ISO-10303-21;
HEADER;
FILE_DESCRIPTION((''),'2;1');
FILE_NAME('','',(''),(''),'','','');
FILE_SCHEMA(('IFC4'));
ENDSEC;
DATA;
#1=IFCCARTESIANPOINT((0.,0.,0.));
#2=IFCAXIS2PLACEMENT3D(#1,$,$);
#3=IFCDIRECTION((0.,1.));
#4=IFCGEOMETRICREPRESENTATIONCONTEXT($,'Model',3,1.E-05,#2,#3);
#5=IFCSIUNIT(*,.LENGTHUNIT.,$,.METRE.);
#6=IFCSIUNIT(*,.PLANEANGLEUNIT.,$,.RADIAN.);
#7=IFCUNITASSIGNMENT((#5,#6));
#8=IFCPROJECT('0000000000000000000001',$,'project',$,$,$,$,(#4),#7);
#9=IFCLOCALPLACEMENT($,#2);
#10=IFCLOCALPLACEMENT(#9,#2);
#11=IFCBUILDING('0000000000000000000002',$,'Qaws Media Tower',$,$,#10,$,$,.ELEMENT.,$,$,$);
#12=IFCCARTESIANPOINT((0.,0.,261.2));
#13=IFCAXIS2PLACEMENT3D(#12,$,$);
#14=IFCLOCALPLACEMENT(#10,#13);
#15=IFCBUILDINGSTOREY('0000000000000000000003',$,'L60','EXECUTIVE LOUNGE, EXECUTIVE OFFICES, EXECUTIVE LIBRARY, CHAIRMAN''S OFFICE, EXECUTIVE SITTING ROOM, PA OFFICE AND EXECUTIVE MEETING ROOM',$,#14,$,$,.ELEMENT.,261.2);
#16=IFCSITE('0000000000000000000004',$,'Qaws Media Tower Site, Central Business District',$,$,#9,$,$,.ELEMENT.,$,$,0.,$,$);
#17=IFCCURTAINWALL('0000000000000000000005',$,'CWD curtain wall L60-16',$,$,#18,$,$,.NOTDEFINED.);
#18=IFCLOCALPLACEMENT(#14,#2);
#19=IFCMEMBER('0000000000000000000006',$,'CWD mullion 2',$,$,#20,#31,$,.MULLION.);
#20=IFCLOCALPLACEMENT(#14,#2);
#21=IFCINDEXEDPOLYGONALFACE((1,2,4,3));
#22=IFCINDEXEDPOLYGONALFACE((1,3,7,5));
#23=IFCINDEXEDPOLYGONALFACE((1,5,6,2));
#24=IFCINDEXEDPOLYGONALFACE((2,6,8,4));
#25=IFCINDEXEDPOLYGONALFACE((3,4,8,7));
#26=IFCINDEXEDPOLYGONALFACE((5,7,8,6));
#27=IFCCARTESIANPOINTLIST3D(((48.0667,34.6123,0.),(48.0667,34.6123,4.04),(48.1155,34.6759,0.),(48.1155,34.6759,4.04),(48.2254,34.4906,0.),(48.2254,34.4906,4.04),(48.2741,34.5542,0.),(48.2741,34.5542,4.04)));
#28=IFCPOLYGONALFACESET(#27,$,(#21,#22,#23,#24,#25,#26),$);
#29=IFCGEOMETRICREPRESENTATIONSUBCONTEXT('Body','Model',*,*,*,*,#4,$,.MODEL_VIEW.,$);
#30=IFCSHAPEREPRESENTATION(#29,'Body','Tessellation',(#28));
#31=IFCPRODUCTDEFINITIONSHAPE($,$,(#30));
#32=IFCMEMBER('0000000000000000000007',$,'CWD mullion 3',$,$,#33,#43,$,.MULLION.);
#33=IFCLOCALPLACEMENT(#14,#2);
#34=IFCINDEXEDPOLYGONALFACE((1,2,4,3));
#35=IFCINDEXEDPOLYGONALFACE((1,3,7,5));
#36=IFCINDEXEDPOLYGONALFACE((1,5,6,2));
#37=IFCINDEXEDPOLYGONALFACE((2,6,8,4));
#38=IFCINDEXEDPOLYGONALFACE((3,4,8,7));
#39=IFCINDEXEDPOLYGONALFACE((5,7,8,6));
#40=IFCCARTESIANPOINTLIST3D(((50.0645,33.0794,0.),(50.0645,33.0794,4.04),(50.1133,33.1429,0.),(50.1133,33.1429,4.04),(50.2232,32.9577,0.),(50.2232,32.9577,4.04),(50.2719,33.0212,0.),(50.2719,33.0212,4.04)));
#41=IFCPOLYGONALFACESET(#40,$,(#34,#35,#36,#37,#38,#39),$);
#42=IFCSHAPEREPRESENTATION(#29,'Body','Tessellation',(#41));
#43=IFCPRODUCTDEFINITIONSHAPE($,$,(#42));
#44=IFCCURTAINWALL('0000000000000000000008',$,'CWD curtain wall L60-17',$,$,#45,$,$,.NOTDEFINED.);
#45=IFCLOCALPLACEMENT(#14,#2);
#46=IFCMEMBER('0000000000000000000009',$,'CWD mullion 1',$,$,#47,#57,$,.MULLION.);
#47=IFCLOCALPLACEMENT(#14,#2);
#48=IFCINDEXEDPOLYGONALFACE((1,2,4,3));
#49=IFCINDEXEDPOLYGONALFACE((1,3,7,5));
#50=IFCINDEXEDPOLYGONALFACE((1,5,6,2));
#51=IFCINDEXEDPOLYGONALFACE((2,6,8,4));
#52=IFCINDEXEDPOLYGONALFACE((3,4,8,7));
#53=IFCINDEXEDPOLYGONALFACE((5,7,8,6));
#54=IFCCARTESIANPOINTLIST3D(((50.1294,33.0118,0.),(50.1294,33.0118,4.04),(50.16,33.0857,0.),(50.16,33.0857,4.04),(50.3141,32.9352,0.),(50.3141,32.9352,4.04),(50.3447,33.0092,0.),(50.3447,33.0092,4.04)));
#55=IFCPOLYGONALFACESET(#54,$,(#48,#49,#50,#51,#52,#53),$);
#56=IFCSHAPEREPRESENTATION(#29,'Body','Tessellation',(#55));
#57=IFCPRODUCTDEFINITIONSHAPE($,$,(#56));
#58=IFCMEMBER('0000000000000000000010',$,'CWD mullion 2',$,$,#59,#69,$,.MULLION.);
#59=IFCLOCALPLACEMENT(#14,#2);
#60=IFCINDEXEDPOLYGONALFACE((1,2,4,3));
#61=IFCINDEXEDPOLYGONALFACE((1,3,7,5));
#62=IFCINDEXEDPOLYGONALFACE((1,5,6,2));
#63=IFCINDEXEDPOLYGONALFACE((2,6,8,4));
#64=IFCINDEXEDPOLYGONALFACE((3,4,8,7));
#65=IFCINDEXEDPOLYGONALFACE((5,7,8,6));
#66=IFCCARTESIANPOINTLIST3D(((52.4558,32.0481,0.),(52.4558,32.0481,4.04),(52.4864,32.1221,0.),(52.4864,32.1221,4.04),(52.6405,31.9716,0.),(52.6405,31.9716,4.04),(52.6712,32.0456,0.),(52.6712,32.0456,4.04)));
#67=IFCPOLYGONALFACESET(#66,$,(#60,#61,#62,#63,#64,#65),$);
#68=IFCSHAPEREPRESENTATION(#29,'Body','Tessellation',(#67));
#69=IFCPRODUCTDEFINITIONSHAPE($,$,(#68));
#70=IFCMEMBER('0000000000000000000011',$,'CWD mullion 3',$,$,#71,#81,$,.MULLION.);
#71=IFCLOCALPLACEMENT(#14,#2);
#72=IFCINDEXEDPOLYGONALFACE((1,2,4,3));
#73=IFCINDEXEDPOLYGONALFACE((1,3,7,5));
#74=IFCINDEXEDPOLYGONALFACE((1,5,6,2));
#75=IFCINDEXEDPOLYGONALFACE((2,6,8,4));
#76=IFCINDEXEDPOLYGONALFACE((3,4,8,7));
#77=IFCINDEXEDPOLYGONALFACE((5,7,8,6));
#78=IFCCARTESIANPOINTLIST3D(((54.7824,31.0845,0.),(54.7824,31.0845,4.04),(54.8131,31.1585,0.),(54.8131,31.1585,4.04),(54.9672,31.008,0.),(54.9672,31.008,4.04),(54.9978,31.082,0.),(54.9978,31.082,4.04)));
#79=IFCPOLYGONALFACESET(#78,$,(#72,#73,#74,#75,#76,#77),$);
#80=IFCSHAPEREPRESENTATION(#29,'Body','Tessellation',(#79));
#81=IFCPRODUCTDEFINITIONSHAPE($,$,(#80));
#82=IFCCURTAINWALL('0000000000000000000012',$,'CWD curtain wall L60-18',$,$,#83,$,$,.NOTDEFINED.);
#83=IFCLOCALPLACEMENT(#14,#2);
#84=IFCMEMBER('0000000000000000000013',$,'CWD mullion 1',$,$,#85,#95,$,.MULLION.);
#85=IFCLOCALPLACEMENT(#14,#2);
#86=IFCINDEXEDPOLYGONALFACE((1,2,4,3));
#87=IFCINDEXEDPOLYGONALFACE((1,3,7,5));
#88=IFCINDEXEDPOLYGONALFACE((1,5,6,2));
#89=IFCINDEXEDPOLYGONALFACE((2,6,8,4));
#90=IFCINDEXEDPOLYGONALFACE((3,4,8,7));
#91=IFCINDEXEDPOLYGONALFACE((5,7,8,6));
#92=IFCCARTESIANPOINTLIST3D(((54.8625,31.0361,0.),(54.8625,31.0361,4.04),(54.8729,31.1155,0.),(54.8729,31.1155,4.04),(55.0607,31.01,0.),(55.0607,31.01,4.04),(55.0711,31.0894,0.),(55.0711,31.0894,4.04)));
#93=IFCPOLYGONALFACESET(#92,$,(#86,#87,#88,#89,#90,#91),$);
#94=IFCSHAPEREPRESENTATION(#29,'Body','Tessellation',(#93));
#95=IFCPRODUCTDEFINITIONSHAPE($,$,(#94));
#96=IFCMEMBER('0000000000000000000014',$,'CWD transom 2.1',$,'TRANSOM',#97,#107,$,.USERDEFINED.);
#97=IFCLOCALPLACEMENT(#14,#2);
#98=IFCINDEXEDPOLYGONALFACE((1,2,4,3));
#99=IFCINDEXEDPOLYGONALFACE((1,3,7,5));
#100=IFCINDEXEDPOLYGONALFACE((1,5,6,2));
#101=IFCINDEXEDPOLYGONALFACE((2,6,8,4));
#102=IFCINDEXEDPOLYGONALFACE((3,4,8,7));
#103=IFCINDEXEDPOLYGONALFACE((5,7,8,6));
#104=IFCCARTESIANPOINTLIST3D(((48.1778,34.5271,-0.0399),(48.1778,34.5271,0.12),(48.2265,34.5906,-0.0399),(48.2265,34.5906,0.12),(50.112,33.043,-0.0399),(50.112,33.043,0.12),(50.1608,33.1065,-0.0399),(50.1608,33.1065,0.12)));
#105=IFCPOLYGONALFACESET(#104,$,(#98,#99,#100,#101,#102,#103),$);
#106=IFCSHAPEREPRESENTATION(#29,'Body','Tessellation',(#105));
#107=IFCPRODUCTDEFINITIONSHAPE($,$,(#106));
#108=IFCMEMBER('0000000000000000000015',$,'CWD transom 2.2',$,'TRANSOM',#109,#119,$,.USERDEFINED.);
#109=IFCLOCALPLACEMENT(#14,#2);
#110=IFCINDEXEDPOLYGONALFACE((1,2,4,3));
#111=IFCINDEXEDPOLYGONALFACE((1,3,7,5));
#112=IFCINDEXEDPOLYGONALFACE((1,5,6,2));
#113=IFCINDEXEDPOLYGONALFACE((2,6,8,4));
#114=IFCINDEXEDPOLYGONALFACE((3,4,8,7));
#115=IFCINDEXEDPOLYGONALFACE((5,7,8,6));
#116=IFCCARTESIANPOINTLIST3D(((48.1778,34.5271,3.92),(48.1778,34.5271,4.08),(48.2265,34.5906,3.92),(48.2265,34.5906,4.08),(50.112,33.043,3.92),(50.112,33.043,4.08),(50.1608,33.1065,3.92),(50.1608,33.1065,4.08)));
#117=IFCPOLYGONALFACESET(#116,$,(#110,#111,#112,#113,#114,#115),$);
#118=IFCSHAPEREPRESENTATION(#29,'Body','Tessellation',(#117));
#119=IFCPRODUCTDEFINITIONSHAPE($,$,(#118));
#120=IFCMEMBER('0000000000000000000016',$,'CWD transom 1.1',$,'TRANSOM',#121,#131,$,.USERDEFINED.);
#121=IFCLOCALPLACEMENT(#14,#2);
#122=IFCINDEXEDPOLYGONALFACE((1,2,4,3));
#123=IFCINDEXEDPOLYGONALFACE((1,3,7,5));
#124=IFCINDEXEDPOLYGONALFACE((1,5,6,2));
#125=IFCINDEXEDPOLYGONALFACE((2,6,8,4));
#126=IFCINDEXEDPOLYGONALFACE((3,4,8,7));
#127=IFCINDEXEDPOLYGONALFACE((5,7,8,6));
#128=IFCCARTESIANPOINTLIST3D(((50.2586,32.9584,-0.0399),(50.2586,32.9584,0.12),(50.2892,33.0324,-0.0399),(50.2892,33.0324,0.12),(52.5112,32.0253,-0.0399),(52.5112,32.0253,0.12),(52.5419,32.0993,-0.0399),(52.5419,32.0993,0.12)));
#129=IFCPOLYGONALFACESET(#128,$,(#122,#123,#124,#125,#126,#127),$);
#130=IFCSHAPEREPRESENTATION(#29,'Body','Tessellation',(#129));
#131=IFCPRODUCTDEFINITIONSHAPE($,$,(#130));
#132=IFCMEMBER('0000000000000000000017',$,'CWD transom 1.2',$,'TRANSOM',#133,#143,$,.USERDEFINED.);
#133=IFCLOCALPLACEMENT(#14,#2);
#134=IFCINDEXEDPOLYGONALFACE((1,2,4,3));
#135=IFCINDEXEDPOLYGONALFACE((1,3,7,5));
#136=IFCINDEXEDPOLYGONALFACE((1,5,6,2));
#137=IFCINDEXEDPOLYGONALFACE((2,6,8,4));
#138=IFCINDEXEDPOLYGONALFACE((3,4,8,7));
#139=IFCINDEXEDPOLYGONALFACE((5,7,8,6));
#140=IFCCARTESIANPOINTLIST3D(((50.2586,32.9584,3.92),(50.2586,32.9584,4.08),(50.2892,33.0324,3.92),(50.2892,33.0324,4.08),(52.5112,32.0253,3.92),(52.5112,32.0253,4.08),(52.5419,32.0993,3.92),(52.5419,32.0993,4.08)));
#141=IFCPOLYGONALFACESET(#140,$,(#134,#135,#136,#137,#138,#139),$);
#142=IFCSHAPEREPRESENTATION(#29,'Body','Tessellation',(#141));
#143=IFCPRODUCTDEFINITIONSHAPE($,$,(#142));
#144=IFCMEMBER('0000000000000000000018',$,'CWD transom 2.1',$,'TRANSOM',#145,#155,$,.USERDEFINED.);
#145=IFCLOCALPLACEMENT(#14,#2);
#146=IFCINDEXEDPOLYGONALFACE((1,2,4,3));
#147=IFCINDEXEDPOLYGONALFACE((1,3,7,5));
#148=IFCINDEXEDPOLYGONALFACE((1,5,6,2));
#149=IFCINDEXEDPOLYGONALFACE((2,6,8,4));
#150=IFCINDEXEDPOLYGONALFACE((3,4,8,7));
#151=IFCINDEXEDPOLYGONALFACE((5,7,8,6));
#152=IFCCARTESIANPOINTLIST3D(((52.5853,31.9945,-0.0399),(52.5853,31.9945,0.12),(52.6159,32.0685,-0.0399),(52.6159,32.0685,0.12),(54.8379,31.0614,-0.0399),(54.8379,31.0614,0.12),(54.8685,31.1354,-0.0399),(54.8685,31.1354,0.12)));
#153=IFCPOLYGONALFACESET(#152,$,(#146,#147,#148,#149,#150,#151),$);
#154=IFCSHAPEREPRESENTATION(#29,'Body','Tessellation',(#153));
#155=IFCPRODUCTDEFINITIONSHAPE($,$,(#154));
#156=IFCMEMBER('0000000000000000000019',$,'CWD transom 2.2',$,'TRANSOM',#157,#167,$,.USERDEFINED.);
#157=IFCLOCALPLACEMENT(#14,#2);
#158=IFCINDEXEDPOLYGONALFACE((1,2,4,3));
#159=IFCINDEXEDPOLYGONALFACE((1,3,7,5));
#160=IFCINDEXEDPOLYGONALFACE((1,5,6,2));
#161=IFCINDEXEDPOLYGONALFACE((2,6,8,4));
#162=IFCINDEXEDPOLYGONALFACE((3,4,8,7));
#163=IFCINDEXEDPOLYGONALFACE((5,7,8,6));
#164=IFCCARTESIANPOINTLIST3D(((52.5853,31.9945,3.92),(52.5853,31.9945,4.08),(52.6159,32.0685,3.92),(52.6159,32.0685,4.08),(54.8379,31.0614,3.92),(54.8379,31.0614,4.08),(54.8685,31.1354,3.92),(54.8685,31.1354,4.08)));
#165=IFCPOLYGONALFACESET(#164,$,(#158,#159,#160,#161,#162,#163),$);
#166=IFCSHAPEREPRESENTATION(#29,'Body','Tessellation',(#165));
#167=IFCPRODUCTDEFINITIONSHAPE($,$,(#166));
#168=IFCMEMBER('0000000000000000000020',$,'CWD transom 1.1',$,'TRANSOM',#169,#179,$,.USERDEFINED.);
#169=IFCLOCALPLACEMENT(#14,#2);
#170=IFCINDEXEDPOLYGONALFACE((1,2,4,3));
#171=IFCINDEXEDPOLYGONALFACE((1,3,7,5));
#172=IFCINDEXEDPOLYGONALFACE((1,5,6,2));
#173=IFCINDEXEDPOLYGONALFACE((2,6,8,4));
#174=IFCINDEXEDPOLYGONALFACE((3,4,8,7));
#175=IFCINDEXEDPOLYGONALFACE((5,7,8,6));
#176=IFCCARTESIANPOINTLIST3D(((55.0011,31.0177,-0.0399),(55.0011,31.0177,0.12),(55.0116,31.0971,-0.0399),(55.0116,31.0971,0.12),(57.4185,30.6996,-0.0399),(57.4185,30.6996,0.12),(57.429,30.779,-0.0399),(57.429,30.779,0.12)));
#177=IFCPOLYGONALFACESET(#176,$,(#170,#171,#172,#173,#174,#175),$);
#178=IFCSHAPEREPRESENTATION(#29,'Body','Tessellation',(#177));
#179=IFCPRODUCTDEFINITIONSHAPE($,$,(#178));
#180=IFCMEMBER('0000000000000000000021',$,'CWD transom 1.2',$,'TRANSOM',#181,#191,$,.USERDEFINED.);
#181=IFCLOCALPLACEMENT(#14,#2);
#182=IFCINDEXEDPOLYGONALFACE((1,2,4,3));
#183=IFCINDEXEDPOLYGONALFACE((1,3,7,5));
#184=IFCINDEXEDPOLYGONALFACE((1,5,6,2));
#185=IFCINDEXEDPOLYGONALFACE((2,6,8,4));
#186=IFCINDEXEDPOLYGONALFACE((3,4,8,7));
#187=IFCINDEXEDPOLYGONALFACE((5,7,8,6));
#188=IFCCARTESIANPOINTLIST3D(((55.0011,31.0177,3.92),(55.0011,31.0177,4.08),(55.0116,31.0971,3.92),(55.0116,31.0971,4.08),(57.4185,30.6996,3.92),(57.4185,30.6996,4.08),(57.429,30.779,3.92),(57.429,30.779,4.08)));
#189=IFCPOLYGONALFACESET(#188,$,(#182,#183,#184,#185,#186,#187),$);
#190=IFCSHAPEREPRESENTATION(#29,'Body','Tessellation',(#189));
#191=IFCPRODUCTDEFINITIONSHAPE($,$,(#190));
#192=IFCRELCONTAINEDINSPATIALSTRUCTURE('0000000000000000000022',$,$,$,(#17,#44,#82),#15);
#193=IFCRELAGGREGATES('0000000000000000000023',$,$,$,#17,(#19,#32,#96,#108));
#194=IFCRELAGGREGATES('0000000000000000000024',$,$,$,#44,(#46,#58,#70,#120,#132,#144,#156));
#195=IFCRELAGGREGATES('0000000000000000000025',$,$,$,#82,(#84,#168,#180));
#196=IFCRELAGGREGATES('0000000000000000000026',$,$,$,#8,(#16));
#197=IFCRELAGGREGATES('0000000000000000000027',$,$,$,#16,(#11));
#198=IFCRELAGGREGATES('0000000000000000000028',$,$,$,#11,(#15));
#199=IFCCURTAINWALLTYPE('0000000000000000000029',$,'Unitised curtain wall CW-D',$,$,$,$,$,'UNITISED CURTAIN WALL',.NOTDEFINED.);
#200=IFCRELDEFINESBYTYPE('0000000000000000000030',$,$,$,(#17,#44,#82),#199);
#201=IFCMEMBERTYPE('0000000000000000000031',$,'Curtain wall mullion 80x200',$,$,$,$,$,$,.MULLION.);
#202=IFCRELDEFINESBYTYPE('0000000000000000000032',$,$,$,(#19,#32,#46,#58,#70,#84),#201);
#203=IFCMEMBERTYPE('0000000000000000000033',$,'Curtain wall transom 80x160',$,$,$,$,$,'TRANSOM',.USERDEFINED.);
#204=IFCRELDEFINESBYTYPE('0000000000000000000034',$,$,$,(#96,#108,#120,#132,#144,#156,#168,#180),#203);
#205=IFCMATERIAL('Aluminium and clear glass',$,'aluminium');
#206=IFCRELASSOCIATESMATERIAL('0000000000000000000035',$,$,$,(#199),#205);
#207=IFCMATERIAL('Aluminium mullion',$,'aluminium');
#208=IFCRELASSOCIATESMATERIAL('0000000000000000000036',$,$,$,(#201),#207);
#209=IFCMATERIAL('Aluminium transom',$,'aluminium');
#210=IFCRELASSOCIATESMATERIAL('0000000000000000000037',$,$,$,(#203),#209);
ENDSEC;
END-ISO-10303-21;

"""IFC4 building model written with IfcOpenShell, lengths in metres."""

from ifc_helpers import new_model, si_unit, direction, frame, origin, origin_2d, place, context, subcontext, project, spatial, rectangle, extrude, material, material_profile, profile_set, type_object, element, aggregate, save


model = new_model("IFC4")

# Units and contexts
model_context = context("Model", 3, precision=1e-05, world=origin(), true_north=direction((0.0, 1.0)))
body_context = subcontext(model_context, "Body", "Model", "MODEL_VIEW")
ifc_project = project(units=[si_unit("LENGTHUNIT", "METRE"), si_unit("PLANEANGLEUNIT", "RADIAN")], contexts=[model_context])

# Site, building, storey
site_placement = place(None, origin())
site = spatial("IfcSite", under=ifc_project, at=site_placement, Name="Qaws Media Tower Site, Central Business District", CompositionType="ELEMENT", RefElevation=0.0)
building_placement = place(site_placement, origin())
building = spatial("IfcBuilding", under=site, at=building_placement, Name="Qaws Media Tower", CompositionType="ELEMENT")
storey_placement = place(building_placement, frame((0.0, 0.0, 261.2)))
storey = spatial("IfcBuildingStorey", under=building, at=storey_placement, Name="L60", Description="EXECUTIVE LOUNGE, EXECUTIVE OFFICES, EXECUTIVE LIBRARY, CHAIRMAN'S OFFICE, EXECUTIVE SITTING ROOM, PA OFFICE AND EXECUTIVE MEETING ROOM", CompositionType="ELEMENT", Elevation=261.2)

# Curtain walls, members
ifc_material_1 = material(Name="Aluminium and clear glass", Category="aluminium")
curtain_wall_type = type_object("IfcCurtainWallType", Name="Unitised curtain wall CW-D", ElementType="UNITISED CURTAIN WALL", PredefinedType="NOTDEFINED", material=ifc_material_1)
curtain_wall_1_placement = place(storey_placement, origin())
curtain_wall_1 = element("IfcCurtainWall", 1, at=curtain_wall_1_placement, inside=storey, type_object=curtain_wall_type, Name="CWD curtain wall L60-16", PredefinedType="NOTDEFINED")
ifc_material_2 = material(Name="Aluminium mullion", Category="aluminium")
ifc_material_profile_1 = material_profile(ifc_material_2, rectangle(XDim=0.0801, YDim=0.2, at=origin_2d()), Name="80x200")
ifc_profile_set_1 = profile_set([ifc_material_profile_1], Name="Aluminium mullion")
member_type_1 = type_object("IfcMemberType", Name="Curtain wall mullion 80x200", PredefinedType="MULLION", material=ifc_profile_set_1)
member_1_placement = place(storey_placement, frame((48.1704, 34.5833, 0.0), z_axis=(0.0, 0.0, 1.0), x_axis=(0.608761, 0.793353, 0.0)))
member_1 = element("IfcMember", 2, at=member_1_placement, type_object=member_type_1, Name="CWD mullion 2", PredefinedType="MULLION", context=body_context, shape_type="SweptSolid", body=[
    extrude(rectangle(XDim=0.0801, YDim=0.2, at=origin_2d()), origin(), (0.0, 0.0, 1.0), 4.04),
])
member_2_placement = place(storey_placement, frame((50.1682, 33.0503, 0.0), z_axis=(0.0, 0.0, 1.0), x_axis=(0.608761, 0.793353, 0.0)))
member_2 = element("IfcMember", 3, at=member_2_placement, type_object=member_type_1, Name="CWD mullion 3", PredefinedType="MULLION", context=body_context, shape_type="SweptSolid", body=[
    extrude(rectangle(XDim=0.0801, YDim=0.2, at=origin_2d()), origin(), (0.0, 0.0, 1.0), 4.04),
])
curtain_wall_2_placement = place(storey_placement, origin())
curtain_wall_2 = element("IfcCurtainWall", 4, at=curtain_wall_2_placement, inside=storey, type_object=curtain_wall_type, Name="CWD curtain wall L60-17", PredefinedType="NOTDEFINED")
member_3_placement = place(storey_placement, frame((50.2371, 33.0105, 0.0), z_axis=(0.0, 0.0, 1.0), x_axis=(0.382683, 0.92388, 0.0)))
member_3 = element("IfcMember", 5, at=member_3_placement, type_object=member_type_1, Name="CWD mullion 1", PredefinedType="MULLION", context=body_context, shape_type="SweptSolid", body=[
    extrude(rectangle(XDim=0.0801, YDim=0.2, at=origin_2d()), origin(), (0.0, 0.0, 1.0), 4.04),
])
member_4_placement = place(storey_placement, frame((52.5635, 32.0469, 0.0), z_axis=(0.0, 0.0, 1.0), x_axis=(0.382683, 0.92388, 0.0)))
member_4 = element("IfcMember", 6, at=member_4_placement, type_object=member_type_1, Name="CWD mullion 2", PredefinedType="MULLION", context=body_context, shape_type="SweptSolid", body=[
    extrude(rectangle(XDim=0.0801, YDim=0.2, at=origin_2d()), origin(), (0.0, 0.0, 1.0), 4.04),
])
member_5_placement = place(storey_placement, frame((54.8901, 31.0833, 0.0), z_axis=(0.0, 0.0, 1.0), x_axis=(0.382683, 0.92388, 0.0)))
member_5 = element("IfcMember", 7, at=member_5_placement, type_object=member_type_1, Name="CWD mullion 3", PredefinedType="MULLION", context=body_context, shape_type="SweptSolid", body=[
    extrude(rectangle(XDim=0.0801, YDim=0.2, at=origin_2d()), origin(), (0.0, 0.0, 1.0), 4.04),
])

# Curtain wall, member
curtain_wall_3_placement = place(storey_placement, origin())
curtain_wall_3 = element("IfcCurtainWall", 8, at=curtain_wall_3_placement, inside=storey, type_object=curtain_wall_type, Name="CWD curtain wall L60-18", PredefinedType="NOTDEFINED")
member_6_placement = place(storey_placement, frame((54.9668, 31.0627, 0.0), z_axis=(0.0, 0.0, 1.0), x_axis=(0.130526, 0.991445, 0.0)))
member_6 = element("IfcMember", 9, at=member_6_placement, type_object=member_type_1, Name="CWD mullion 1", PredefinedType="MULLION", context=body_context, shape_type="SweptSolid", body=[
    extrude(rectangle(XDim=0.0801, YDim=0.2, at=origin_2d()), origin(), (0.0, 0.0, 1.0), 4.04),
])

# Members
ifc_material_3 = material(Name="Aluminium transom", Category="aluminium")
ifc_material_profile_2 = material_profile(ifc_material_3, rectangle(XDim=0.0801, YDim=0.1599, at=origin_2d()), Name="80x160")
ifc_profile_set_2 = profile_set([ifc_material_profile_2], Name="Aluminium transom")
member_type_2 = type_object("IfcMemberType", Name="Curtain wall transom 80x160", ElementType="TRANSOM", PredefinedType="USERDEFINED", material=ifc_profile_set_2)
member_7_placement = place(storey_placement, frame((48.2021, 34.5588, 0.04), z_axis=(0.793379, -0.608728, 0.0), x_axis=(0.608728, 0.793379, 0.0)))
member_7 = element("IfcMember", 10, at=member_7_placement, type_object=member_type_2, Name="CWD transom 2.1", ObjectType="TRANSOM", PredefinedType="USERDEFINED", context=body_context, shape_type="SweptSolid", body=[
    extrude(rectangle(XDim=0.0801, YDim=0.1599, at=origin_2d()), origin(), (0.0, 0.0, 1.0), 2.438),
])
member_8_placement = place(storey_placement, frame((48.2021, 34.5588, 4.0), z_axis=(0.793379, -0.608728, 0.0), x_axis=(0.608728, 0.793379, 0.0)))
member_8 = element("IfcMember", 11, at=member_8_placement, type_object=member_type_2, Name="CWD transom 2.2", ObjectType="TRANSOM", PredefinedType="USERDEFINED", context=body_context, shape_type="SweptSolid", body=[
    extrude(rectangle(XDim=0.0801, YDim=0.1599, at=origin_2d()), origin(), (0.0, 0.0, 1.0), 2.438),
])
member_9_placement = place(storey_placement, frame((50.2739, 32.9954, 0.04), z_axis=(0.923878, -0.382688, 0.0), x_axis=(0.382688, 0.923878, 0.0)))
member_9 = element("IfcMember", 12, at=member_9_placement, type_object=member_type_2, Name="CWD transom 1.1", ObjectType="TRANSOM", PredefinedType="USERDEFINED", context=body_context, shape_type="SweptSolid", body=[
    extrude(rectangle(XDim=0.0801, YDim=0.1599, at=origin_2d()), origin(), (0.0, 0.0, 1.0), 2.4382),
])
member_10_placement = place(storey_placement, frame((50.2739, 32.9954, 4.0), z_axis=(0.923878, -0.382688, 0.0), x_axis=(0.382688, 0.923878, 0.0)))
member_10 = element("IfcMember", 13, at=member_10_placement, type_object=member_type_2, Name="CWD transom 1.2", ObjectType="TRANSOM", PredefinedType="USERDEFINED", context=body_context, shape_type="SweptSolid", body=[
    extrude(rectangle(XDim=0.0801, YDim=0.1599, at=origin_2d()), origin(), (0.0, 0.0, 1.0), 2.4382),
])
member_11_placement = place(storey_placement, frame((52.6006, 32.0315, 0.04), z_axis=(0.923878, -0.382688, 0.0), x_axis=(0.382688, 0.923878, 0.0)))
member_11 = element("IfcMember", 14, at=member_11_placement, type_object=member_type_2, Name="CWD transom 2.1", ObjectType="TRANSOM", PredefinedType="USERDEFINED", context=body_context, shape_type="SweptSolid", body=[
    extrude(rectangle(XDim=0.0801, YDim=0.1599, at=origin_2d()), origin(), (0.0, 0.0, 1.0), 2.4382),
])
member_12_placement = place(storey_placement, frame((52.6006, 32.0315, 4.0), z_axis=(0.923878, -0.382688, 0.0), x_axis=(0.382688, 0.923878, 0.0)))
member_12 = element("IfcMember", 15, at=member_12_placement, type_object=member_type_2, Name="CWD transom 2.2", ObjectType="TRANSOM", PredefinedType="USERDEFINED", context=body_context, shape_type="SweptSolid", body=[
    extrude(rectangle(XDim=0.0801, YDim=0.1599, at=origin_2d()), origin(), (0.0, 0.0, 1.0), 2.4382),
])
member_13_placement = place(storey_placement, frame((55.0063, 31.0574, 0.04), z_axis=(0.991453, -0.130465, 0.0), x_axis=(0.130465, 0.991453, 0.0)))
member_13 = element("IfcMember", 16, at=member_13_placement, type_object=member_type_2, Name="CWD transom 1.1", ObjectType="TRANSOM", PredefinedType="USERDEFINED", context=body_context, shape_type="SweptSolid", body=[
    extrude(rectangle(XDim=0.0801, YDim=0.1599, at=origin_2d()), origin(), (0.0, 0.0, 1.0), 2.4382),
])
member_14_placement = place(storey_placement, frame((55.0063, 31.0574, 4.0), z_axis=(0.991453, -0.130465, 0.0), x_axis=(0.130465, 0.991453, 0.0)))
member_14 = element("IfcMember", 17, at=member_14_placement, type_object=member_type_2, Name="CWD transom 1.2", ObjectType="TRANSOM", PredefinedType="USERDEFINED", context=body_context, shape_type="SweptSolid", body=[
    extrude(rectangle(XDim=0.0801, YDim=0.1599, at=origin_2d()), origin(), (0.0, 0.0, 1.0), 2.4382),
])

aggregate(curtain_wall_1, [member_1, member_2, member_7, member_8])
aggregate(curtain_wall_2, [member_3, member_4, member_5, member_9, member_10, member_11, member_12])
aggregate(curtain_wall_3, [member_6, member_13, member_14])

save(model, "model.ifc")
